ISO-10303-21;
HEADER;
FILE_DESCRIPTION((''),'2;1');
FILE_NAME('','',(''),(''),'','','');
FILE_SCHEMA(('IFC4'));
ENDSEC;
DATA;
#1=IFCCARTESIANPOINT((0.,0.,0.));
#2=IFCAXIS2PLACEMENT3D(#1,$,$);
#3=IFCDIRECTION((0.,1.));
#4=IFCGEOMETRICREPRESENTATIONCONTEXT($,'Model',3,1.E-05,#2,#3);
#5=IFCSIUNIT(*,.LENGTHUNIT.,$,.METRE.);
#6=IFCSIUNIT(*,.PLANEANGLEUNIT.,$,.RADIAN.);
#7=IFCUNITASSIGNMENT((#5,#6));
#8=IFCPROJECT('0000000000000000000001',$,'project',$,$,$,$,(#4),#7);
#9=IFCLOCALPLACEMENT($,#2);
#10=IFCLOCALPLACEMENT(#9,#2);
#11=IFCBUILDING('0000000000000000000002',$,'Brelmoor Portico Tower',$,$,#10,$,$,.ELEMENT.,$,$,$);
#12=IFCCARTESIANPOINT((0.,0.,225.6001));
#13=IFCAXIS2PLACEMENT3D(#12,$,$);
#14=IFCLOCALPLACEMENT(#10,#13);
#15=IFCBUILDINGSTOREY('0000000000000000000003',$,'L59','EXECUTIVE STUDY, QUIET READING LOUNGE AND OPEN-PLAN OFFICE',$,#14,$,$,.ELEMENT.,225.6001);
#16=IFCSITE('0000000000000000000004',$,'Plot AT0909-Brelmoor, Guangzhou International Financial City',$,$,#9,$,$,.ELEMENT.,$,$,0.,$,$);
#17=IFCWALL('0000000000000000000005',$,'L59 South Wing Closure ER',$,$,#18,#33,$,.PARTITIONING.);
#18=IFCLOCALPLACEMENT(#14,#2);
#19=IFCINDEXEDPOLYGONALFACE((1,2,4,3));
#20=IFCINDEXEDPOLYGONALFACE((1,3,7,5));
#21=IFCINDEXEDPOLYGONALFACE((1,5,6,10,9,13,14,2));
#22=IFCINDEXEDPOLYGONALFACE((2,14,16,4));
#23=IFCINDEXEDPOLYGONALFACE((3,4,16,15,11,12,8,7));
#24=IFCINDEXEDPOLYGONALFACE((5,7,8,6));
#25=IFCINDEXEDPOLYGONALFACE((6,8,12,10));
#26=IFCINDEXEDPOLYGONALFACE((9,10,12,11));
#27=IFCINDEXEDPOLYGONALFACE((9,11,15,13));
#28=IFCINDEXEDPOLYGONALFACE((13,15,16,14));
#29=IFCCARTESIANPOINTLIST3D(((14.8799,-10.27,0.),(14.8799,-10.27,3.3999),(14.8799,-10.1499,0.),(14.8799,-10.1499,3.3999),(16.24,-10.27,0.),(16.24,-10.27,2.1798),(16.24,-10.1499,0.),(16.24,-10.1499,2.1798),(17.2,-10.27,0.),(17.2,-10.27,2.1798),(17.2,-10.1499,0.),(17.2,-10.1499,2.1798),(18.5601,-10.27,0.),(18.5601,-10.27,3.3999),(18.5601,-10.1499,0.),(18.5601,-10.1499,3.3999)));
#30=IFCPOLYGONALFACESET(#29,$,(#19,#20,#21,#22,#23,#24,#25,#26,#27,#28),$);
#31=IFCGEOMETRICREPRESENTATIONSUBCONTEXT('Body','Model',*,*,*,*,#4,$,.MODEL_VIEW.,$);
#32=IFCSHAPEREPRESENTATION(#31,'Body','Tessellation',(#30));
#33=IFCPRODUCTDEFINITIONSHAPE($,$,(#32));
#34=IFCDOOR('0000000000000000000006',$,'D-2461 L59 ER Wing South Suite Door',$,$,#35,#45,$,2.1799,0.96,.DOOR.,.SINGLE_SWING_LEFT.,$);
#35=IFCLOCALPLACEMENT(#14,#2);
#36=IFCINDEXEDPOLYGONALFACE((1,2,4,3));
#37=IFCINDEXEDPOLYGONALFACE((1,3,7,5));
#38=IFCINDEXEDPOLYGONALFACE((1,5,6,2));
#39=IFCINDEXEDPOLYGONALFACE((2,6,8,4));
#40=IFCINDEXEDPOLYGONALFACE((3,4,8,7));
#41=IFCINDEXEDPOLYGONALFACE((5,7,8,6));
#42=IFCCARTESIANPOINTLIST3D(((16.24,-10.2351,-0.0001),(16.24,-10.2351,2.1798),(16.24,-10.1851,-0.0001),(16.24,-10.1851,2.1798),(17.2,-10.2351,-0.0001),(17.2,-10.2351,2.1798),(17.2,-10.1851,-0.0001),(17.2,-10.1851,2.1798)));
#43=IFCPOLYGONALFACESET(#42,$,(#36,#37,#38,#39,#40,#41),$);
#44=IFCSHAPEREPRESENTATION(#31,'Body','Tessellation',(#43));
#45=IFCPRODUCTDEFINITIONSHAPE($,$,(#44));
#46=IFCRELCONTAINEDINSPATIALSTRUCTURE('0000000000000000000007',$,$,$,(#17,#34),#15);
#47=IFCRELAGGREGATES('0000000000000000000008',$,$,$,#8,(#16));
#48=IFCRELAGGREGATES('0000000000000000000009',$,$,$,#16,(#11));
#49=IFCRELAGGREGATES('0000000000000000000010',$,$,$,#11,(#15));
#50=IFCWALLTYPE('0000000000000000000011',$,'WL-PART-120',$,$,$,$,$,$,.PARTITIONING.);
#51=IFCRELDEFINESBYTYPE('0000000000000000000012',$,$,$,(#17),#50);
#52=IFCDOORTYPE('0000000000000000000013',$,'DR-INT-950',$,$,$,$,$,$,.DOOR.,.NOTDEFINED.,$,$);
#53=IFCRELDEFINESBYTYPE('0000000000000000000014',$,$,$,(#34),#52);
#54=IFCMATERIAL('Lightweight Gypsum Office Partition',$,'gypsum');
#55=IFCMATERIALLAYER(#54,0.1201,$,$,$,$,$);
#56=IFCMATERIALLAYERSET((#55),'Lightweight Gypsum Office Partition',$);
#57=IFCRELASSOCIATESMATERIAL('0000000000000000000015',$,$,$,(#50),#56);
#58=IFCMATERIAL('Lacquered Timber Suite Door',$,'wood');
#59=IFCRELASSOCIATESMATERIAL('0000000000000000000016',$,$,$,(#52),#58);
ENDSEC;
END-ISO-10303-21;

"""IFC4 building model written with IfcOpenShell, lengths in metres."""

from ifc_helpers import new_model, si_unit, direction, frame, frame_2d, origin, place, context, subcontext, project, spatial, rectangle, extrude, material, layer, layer_set, type_object, element, fill, save


model = new_model("IFC4")

# Units and contexts
model_context = context("Model", 3, precision=1e-05, world=origin(), true_north=direction((0.0, 1.0)))
body_context = subcontext(model_context, "Body", "Model", "MODEL_VIEW")
ifc_project = project(units=[si_unit("LENGTHUNIT", "METRE"), si_unit("PLANEANGLEUNIT", "RADIAN")], contexts=[model_context])

# Site, building, storey
site_placement = place(None, origin())
site = spatial("IfcSite", under=ifc_project, at=site_placement, Name="Plot AT0909-Brelmoor, Guangzhou International Financial City", CompositionType="ELEMENT", RefElevation=0.0)
building_placement = place(site_placement, origin())
building = spatial("IfcBuilding", under=site, at=building_placement, Name="Brelmoor Portico Tower", CompositionType="ELEMENT")
storey_placement = place(building_placement, frame((0.0, 0.0, 225.6001)))
storey = spatial("IfcBuildingStorey", under=building, at=storey_placement, Name="L59", Description="EXECUTIVE STUDY, QUIET READING LOUNGE AND OPEN-PLAN OFFICE", CompositionType="ELEMENT", Elevation=225.6001)

# Wall, opening, door
ifc_material_1 = material(Name="Lightweight Gypsum Office Partition", Category="gypsum")
ifc_layer_1 = layer(ifc_material_1, 0.1201)
ifc_layer_set_1 = layer_set([ifc_layer_1], Name="Lightweight Gypsum Office Partition")
wall_type_1 = type_object("IfcWallType", Name="WL-PART-120", PredefinedType="PARTITIONING", material=ifc_layer_set_1)
wall_placement = place(storey_placement, frame((14.8799, -10.21, 0.0), z_axis=(0.0, 0.0, 1.0), x_axis=(1.0, 0.0, 0.0)))
wall = element("IfcWall", 1, at=wall_placement, inside=storey, type_object=wall_type_1, Name="L59 South Wing Closure ER", PredefinedType="PARTITIONING", context=body_context, shape_type="SweptSolid", body=[
    extrude(rectangle(XDim=3.6802, YDim=0.1201, at=frame_2d((1.8401, 0.0))), origin(), (0.0, 0.0, 1.0), 3.3999),
])
opening_placement = place(wall_placement, frame((1.3601, 0.0, 0.0)))
opening = element("IfcOpeningElement", 2, at=opening_placement, cuts=wall, PredefinedType="OPENING", context=body_context, shape_type="SweptSolid", body=[
    extrude(rectangle(XDim=0.96, YDim=2.1799, at=frame_2d((0.48, 1.0898))), frame((0.0, 0.0701, 0.0), z_axis=(0.0, -1.0, 0.0), x_axis=(1.0, 0.0, 0.0)), (0.0, 0.0, 1.0), 0.1401),
])
ifc_material_2 = material(Name="Lacquered Timber Suite Door", Category="wood")
door_type = type_object("IfcDoorType", Name="DR-INT-950", OperationType="NOTDEFINED", PredefinedType="DOOR", material=ifc_material_2)
door_placement = place(opening_placement, origin())
door = element("IfcDoor", 3, at=door_placement, inside=storey, type_object=door_type, Name="D-2461 L59 ER Wing South Suite Door", OperationType="SINGLE_SWING_LEFT", OverallHeight=2.1799, OverallWidth=0.96, PredefinedType="DOOR", context=body_context, shape_type="SweptSolid", body=[
    extrude(rectangle(XDim=0.96, YDim=2.1799, at=frame_2d((0.48, 1.0898))), frame((0.0, 0.0249, 0.0), z_axis=(0.0, -1.0, 0.0), x_axis=(1.0, 0.0, 0.0)), (0.0, 0.0, 1.0), 0.05),
])
fill(opening, door)

save(model, "model.ifc")
